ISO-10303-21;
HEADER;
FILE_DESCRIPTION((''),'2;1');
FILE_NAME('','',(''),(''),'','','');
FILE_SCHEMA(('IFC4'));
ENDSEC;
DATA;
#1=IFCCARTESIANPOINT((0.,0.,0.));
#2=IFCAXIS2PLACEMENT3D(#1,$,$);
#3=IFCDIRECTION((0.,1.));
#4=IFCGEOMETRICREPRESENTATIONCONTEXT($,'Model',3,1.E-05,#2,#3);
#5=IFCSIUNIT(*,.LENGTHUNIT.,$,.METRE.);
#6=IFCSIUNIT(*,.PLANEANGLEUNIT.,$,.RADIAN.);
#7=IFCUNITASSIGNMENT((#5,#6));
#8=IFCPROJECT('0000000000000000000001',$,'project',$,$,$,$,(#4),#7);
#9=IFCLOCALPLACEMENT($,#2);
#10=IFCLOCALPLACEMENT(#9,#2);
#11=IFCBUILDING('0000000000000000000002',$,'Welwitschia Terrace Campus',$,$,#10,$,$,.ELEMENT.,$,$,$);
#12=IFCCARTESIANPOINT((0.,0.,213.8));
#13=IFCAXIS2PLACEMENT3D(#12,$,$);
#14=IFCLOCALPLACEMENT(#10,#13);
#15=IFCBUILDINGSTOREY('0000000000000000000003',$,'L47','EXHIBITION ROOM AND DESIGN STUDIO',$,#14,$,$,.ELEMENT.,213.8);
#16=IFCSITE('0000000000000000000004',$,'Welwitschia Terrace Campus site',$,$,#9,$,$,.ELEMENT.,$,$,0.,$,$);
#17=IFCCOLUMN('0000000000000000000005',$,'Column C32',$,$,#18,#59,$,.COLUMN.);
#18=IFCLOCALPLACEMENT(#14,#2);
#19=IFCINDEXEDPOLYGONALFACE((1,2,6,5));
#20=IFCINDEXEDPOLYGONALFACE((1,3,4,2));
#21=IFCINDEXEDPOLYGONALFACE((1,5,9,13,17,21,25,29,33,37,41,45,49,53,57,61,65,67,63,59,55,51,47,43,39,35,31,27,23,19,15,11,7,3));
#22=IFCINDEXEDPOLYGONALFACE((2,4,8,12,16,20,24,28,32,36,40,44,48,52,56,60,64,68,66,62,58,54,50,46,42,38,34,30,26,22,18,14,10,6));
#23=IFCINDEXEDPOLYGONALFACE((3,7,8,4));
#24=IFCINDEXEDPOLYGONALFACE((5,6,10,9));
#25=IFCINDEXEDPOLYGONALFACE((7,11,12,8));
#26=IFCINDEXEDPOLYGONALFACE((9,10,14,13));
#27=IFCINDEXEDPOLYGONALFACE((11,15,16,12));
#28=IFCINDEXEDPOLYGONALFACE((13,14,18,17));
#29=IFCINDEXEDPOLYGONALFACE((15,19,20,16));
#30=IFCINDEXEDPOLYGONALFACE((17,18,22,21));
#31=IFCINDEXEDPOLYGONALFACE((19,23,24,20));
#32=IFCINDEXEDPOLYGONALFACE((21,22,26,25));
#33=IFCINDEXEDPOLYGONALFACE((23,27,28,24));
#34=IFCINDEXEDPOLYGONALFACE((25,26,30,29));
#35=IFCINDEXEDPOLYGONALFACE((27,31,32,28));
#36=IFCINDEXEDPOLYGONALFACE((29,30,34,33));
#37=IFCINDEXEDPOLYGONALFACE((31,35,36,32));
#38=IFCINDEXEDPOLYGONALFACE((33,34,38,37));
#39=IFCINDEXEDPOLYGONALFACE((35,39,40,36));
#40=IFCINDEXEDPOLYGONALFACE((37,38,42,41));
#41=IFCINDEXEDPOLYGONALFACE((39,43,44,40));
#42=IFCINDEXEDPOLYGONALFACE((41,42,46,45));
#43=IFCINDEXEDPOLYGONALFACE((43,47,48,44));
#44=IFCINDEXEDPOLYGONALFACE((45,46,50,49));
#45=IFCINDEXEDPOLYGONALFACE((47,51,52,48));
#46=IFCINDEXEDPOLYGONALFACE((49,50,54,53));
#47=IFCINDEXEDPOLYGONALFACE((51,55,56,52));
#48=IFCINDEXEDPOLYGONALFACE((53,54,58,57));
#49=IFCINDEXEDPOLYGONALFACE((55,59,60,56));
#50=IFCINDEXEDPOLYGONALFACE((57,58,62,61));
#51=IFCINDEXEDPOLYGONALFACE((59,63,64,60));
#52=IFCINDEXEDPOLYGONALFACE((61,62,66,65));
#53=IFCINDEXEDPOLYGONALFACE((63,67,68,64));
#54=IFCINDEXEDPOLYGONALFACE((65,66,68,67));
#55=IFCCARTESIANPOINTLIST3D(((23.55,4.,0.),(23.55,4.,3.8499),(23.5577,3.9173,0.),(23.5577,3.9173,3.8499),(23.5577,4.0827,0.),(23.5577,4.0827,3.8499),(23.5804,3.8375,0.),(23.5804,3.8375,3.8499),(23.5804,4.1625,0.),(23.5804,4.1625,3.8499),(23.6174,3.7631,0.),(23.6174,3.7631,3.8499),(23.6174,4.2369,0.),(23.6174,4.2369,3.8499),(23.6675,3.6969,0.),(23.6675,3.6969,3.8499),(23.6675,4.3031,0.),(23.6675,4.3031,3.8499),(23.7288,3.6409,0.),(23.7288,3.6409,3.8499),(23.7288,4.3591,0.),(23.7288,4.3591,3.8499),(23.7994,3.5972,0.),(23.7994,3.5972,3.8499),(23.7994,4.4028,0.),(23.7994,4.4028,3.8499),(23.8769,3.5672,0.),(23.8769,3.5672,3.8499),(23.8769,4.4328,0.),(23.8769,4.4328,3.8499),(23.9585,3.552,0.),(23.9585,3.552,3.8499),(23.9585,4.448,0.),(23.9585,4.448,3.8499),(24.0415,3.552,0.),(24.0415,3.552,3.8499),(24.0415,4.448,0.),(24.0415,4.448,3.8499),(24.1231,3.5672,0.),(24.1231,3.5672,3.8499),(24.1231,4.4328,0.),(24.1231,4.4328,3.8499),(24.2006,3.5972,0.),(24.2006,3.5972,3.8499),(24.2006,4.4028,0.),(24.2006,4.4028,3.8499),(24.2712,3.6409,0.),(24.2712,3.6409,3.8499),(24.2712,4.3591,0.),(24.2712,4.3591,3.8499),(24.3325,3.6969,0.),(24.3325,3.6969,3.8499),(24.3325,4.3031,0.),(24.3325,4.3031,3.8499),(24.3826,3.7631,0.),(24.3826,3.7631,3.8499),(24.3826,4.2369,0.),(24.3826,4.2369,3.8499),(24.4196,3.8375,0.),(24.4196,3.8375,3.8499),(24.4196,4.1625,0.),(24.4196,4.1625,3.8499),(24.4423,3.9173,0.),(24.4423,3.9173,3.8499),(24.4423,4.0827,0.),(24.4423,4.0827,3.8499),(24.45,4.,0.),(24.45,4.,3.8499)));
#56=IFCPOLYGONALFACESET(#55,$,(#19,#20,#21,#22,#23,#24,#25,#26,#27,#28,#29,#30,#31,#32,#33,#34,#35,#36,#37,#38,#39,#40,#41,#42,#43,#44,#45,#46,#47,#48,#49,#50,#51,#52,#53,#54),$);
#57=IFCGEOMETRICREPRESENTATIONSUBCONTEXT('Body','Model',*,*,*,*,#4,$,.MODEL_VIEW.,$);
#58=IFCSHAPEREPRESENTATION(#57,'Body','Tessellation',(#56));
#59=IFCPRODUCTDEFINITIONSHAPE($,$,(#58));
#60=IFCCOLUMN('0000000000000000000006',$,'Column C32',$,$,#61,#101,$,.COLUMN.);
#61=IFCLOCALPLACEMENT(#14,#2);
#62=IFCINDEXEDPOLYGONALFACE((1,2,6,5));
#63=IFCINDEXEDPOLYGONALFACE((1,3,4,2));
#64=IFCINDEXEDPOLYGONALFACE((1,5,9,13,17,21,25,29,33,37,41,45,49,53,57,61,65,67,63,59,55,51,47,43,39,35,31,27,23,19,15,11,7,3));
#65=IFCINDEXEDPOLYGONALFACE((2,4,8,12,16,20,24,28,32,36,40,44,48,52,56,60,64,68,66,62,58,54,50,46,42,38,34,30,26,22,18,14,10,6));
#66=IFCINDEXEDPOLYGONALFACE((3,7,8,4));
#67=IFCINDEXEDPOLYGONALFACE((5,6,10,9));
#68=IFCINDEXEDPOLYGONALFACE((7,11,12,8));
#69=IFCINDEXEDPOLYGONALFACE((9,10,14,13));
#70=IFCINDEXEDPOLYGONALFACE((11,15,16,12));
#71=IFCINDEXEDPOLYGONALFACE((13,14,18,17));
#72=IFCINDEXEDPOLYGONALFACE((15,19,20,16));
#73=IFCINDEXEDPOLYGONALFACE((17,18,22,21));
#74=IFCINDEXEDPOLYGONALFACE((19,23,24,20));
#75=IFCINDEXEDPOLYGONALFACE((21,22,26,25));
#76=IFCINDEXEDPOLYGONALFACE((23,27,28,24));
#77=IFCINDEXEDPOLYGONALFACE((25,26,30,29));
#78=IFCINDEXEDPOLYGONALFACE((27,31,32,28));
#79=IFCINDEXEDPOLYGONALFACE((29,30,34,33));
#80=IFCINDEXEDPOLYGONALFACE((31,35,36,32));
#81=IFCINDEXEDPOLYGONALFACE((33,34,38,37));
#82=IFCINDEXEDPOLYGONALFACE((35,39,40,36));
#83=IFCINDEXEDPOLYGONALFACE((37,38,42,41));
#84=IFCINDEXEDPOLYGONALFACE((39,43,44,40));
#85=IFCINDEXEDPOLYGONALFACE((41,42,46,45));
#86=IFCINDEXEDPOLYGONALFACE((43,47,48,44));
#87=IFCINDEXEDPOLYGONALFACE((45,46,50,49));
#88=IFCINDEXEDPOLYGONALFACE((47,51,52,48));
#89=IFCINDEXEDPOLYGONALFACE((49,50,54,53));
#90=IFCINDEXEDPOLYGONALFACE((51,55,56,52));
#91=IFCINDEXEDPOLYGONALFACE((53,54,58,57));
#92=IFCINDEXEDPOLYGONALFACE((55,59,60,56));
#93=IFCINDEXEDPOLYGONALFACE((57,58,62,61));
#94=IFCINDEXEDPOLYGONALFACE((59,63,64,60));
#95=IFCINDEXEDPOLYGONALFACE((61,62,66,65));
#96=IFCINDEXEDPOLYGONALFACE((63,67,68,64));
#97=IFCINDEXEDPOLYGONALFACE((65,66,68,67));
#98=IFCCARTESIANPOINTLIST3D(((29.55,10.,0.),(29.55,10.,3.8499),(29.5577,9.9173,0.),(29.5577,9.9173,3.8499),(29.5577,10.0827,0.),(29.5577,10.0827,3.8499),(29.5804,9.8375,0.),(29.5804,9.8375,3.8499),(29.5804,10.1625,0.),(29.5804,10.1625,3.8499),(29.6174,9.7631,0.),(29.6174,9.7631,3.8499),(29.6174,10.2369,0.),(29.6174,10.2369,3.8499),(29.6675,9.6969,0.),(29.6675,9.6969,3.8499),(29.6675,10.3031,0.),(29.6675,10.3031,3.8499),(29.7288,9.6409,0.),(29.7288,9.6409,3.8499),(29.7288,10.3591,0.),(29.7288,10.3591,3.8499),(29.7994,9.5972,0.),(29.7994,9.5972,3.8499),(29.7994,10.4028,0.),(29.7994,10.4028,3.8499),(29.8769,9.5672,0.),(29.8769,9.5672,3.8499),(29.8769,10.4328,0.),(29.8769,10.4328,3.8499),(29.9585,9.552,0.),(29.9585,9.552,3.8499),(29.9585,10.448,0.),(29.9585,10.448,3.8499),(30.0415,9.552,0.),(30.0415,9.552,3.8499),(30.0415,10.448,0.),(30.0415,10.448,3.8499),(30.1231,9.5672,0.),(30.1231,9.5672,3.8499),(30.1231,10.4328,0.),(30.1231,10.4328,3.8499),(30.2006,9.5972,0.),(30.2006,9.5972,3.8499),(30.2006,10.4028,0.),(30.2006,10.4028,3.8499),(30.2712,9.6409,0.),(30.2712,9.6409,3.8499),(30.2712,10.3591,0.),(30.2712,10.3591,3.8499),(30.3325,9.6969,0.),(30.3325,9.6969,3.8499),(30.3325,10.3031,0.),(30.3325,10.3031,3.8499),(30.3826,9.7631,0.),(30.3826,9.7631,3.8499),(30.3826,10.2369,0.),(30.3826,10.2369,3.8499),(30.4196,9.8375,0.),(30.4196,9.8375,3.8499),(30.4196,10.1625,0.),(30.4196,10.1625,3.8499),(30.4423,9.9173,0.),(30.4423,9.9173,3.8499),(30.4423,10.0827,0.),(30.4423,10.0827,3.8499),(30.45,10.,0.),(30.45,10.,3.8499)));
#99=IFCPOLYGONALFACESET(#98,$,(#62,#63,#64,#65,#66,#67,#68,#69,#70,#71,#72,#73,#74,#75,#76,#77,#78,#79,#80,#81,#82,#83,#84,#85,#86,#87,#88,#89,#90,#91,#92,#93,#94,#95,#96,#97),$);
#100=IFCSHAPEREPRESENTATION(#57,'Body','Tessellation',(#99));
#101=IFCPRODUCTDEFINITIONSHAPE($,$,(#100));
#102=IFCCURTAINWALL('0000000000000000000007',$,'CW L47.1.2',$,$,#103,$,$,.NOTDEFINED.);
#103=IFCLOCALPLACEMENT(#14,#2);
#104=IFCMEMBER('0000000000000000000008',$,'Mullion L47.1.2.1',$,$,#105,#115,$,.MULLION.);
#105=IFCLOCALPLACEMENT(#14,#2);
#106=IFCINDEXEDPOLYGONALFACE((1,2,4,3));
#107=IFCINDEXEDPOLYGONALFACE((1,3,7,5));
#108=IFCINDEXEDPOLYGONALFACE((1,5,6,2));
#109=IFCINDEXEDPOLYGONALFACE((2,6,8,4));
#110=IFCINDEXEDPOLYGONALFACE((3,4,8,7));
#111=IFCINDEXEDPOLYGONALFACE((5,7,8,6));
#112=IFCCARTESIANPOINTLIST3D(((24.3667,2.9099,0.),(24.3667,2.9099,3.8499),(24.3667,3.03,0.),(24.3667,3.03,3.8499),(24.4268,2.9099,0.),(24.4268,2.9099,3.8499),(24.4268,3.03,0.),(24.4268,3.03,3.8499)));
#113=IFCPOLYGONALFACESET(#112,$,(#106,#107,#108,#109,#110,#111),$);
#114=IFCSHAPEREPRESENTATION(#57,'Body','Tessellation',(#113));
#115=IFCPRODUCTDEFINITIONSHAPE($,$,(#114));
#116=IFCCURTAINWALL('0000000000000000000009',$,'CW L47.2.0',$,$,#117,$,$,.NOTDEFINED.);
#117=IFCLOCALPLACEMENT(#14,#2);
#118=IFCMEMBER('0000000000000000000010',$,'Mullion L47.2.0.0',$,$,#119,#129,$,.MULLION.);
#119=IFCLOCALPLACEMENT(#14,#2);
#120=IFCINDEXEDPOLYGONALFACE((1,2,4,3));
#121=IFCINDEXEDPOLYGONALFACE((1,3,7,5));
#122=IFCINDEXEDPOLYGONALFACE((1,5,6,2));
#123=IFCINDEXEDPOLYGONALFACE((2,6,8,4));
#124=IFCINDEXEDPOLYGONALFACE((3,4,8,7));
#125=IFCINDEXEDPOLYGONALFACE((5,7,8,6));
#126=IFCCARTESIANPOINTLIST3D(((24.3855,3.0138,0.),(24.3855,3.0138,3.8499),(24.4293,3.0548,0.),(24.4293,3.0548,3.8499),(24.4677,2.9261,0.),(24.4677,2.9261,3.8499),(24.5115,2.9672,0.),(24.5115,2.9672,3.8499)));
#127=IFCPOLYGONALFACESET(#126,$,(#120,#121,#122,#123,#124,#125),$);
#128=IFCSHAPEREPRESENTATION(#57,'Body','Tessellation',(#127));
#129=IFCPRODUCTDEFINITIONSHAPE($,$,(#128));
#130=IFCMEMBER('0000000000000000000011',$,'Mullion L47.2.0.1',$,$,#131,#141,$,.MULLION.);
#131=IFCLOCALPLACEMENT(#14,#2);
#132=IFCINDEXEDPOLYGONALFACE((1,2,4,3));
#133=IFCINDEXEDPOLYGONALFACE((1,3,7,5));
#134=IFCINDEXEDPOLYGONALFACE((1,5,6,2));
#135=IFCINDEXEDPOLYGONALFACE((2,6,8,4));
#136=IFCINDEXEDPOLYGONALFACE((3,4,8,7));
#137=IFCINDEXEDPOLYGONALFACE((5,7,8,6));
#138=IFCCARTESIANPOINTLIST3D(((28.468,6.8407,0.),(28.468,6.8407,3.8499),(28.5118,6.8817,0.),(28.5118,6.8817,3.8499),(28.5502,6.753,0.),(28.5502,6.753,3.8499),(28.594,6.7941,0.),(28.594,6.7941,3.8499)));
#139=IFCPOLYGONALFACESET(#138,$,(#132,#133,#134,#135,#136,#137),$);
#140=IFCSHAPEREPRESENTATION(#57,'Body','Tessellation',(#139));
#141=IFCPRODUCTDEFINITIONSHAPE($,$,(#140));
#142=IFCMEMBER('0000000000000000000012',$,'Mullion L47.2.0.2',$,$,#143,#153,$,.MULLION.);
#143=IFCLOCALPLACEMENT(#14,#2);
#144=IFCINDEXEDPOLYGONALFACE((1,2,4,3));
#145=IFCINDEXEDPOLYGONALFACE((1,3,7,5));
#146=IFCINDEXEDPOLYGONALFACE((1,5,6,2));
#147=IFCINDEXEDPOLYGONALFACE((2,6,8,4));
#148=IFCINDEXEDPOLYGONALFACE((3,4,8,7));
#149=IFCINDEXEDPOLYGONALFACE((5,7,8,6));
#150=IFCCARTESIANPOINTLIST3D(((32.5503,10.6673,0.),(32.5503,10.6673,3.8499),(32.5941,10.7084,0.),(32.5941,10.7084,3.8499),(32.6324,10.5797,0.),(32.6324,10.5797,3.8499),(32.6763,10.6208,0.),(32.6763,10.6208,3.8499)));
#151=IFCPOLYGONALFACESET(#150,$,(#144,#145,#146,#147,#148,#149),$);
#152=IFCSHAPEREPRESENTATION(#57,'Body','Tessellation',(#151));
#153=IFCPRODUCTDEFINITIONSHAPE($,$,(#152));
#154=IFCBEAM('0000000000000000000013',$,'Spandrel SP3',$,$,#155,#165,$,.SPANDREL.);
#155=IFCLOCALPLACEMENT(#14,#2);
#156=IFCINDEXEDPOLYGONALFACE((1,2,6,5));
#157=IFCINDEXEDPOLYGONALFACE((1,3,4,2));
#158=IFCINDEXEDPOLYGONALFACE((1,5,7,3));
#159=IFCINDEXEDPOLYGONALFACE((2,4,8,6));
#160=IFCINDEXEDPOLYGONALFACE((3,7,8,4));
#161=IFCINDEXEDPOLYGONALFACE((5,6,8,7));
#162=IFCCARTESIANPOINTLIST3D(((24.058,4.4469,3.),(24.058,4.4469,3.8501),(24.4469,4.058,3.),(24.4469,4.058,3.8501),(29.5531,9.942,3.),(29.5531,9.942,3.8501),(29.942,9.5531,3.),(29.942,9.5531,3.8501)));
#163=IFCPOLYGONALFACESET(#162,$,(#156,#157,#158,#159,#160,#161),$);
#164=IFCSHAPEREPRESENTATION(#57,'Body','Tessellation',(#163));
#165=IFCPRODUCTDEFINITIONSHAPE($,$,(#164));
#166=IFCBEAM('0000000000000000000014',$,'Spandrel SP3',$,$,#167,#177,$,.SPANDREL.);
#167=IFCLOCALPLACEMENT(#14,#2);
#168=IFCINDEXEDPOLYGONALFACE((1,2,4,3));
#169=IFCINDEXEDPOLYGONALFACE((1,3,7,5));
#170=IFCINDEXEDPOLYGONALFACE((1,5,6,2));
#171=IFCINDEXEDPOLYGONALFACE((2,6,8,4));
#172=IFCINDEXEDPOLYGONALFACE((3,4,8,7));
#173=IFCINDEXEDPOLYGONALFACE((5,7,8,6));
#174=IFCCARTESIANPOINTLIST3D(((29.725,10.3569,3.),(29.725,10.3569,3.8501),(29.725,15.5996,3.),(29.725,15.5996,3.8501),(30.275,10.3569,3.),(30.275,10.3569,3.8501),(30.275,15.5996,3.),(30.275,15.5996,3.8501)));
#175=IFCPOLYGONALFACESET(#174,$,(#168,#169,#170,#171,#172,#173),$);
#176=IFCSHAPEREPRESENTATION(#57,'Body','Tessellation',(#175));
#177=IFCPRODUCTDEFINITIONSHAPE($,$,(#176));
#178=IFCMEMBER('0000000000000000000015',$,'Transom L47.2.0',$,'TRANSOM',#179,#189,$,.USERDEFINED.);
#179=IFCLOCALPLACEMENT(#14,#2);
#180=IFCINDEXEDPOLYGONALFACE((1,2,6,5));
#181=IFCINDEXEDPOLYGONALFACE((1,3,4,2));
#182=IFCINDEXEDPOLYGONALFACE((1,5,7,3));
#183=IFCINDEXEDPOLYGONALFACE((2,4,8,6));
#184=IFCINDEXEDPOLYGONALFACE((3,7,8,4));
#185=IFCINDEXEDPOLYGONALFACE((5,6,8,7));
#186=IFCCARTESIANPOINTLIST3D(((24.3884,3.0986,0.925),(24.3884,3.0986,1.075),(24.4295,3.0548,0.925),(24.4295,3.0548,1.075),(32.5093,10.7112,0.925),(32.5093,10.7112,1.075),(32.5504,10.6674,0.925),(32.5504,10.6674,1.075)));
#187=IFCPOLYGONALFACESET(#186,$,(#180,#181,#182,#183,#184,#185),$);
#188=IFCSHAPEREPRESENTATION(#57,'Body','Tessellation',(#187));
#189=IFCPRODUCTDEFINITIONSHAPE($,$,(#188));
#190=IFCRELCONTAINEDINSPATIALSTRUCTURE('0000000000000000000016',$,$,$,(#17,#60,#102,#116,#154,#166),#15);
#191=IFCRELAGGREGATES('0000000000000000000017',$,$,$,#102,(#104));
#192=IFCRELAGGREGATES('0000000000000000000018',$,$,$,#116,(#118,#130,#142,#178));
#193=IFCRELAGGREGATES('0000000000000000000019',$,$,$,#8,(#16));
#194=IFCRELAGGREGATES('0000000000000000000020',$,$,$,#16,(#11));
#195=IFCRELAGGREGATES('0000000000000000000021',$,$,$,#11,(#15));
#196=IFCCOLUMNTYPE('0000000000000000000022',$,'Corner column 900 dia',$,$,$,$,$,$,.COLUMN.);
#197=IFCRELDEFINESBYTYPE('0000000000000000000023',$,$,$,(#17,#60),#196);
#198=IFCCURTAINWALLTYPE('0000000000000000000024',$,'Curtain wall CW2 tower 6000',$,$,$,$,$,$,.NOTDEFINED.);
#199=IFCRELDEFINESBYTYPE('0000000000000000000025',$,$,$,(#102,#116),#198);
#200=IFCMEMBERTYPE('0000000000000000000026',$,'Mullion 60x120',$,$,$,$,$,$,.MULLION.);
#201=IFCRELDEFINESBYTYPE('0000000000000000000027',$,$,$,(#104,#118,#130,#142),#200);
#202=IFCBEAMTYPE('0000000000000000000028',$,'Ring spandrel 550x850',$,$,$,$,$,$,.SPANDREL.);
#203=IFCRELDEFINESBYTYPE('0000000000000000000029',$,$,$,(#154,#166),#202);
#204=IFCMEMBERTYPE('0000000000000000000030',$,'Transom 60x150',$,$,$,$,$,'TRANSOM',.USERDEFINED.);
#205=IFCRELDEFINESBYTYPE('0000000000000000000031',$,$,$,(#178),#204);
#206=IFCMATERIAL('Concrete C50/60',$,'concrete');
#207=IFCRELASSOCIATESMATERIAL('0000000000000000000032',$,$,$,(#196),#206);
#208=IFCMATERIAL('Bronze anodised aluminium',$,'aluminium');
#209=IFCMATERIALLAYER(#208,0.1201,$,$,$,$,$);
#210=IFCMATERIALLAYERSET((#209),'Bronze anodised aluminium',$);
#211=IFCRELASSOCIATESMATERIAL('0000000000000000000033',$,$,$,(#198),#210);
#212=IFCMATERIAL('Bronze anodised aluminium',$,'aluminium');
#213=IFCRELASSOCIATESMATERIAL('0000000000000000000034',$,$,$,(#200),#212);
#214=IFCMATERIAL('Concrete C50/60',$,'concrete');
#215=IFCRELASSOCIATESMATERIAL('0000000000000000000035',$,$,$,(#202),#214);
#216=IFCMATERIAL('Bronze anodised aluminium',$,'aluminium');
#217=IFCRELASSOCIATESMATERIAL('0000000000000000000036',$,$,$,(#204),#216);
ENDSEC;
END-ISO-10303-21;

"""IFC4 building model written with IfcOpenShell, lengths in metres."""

from ifc_helpers import new_model, si_unit, direction, frame, origin, origin_2d, place, context, subcontext, project, spatial, rectangle, circle, extrude, material, layer, layer_set, material_profile, profile_set, type_object, element, aggregate, save


model = new_model("IFC4")

# Units and contexts
model_context = context("Model", 3, precision=1e-05, world=origin(), true_north=direction((0.0, 1.0)))
body_context = subcontext(model_context, "Body", "Model", "MODEL_VIEW")
ifc_project = project(units=[si_unit("LENGTHUNIT", "METRE"), si_unit("PLANEANGLEUNIT", "RADIAN")], contexts=[model_context])

# Site, building, storey
site_placement = place(None, origin())
site = spatial("IfcSite", under=ifc_project, at=site_placement, Name="Welwitschia Terrace Campus site", CompositionType="ELEMENT", RefElevation=0.0)
building_placement = place(site_placement, origin())
building = spatial("IfcBuilding", under=site, at=building_placement, Name="Welwitschia Terrace Campus", CompositionType="ELEMENT")
storey_placement = place(building_placement, frame((0.0, 0.0, 213.8)))
storey = spatial("IfcBuildingStorey", under=building, at=storey_placement, Name="L47", Description="EXHIBITION ROOM AND DESIGN STUDIO", CompositionType="ELEMENT", Elevation=213.8)

# Columns
ifc_material_1 = material(Name="Concrete C50/60", Category="concrete")
ifc_material_profile_1 = material_profile(ifc_material_1, circle(Radius=0.45, at=origin_2d()))
ifc_profile_set_1 = profile_set([ifc_material_profile_1], Name="Concrete C50/60")
column_type = type_object("IfcColumnType", Name="Corner column 900 dia", PredefinedType="COLUMN", material=ifc_profile_set_1)
for number, where, z_axis, x_axis, name in (
    (1, (24.0, 4.0, 0.0), (0.0, 0.0, 1.0), (1.0, 0.0, 0.0), "Column C32"),
    (2, (30.0, 10.0, 0.0), (0.0, 0.0, 1.0), (1.0, 0.0, 0.0), "Column C32"),
):
    element("IfcColumn", number, at=place(storey_placement, frame(where, z_axis=z_axis, x_axis=x_axis)), inside=storey, type_object=column_type, Name=name, PredefinedType="COLUMN", context=body_context, shape_type="SweptSolid", body=[
        extrude(circle(Radius=0.45, at=origin_2d()), origin(), (0.0, 0.0, 1.0), 3.8499),
    ])

# Curtain wall, member
ifc_material_2 = material(Name="Bronze anodised aluminium", Category="aluminium")
ifc_layer_1 = layer(ifc_material_2, 0.1201)
ifc_layer_set_1 = layer_set([ifc_layer_1], Name="Bronze anodised aluminium")
curtain_wall_type = type_object("IfcCurtainWallType", Name="Curtain wall CW2 tower 6000", PredefinedType="NOTDEFINED", material=ifc_layer_set_1)
curtain_wall_1_placement = place(storey_placement, origin())
curtain_wall_1 = element("IfcCurtainWall", 3, at=curtain_wall_1_placement, inside=storey, type_object=curtain_wall_type, Name="CW L47.1.2", PredefinedType="NOTDEFINED")
ifc_material_3 = material(Name="Bronze anodised aluminium", Category="aluminium")
ifc_material_profile_2 = material_profile(ifc_material_3, rectangle(XDim=0.1201, YDim=0.0601, at=origin_2d()))
ifc_profile_set_2 = profile_set([ifc_material_profile_2], Name="Bronze anodised aluminium")
member_type_1 = type_object("IfcMemberType", Name="Mullion 60x120", PredefinedType="MULLION", material=ifc_profile_set_2)
member_1_placement = place(storey_placement, frame((24.3967, 2.97, 0.0), z_axis=(0.0, 0.0, 1.0), x_axis=(0.0, 1.0, 0.0)))
member_1 = element("IfcMember", 4, at=member_1_placement, type_object=member_type_1, Name="Mullion L47.1.2.1", PredefinedType="MULLION", context=body_context, shape_type="SweptSolid", body=[
    extrude(rectangle(XDim=0.1201, YDim=0.0601, at=origin_2d()), origin(), (0.0, 0.0, 1.0), 3.8499),
])
aggregate(curtain_wall_1, [member_1])

# Curtain wall, members
curtain_wall_2_placement = place(storey_placement, origin())
curtain_wall_2 = element("IfcCurtainWall", 5, at=curtain_wall_2_placement, inside=storey, type_object=curtain_wall_type, Name="CW L47.2.0", PredefinedType="NOTDEFINED")
member_2_placement = place(storey_placement, frame((24.4485, 2.9905, 0.0), z_axis=(0.0, 0.0, 1.0), x_axis=(-0.683902, 0.729574, 0.0)))
member_2 = element("IfcMember", 6, at=member_2_placement, type_object=member_type_1, Name="Mullion L47.2.0.0", PredefinedType="MULLION", context=body_context, shape_type="SweptSolid", body=[
    extrude(rectangle(XDim=0.1201, YDim=0.0601, at=origin_2d()), origin(), (0.0, 0.0, 1.0), 3.8499),
])
member_3_placement = place(storey_placement, frame((28.531, 6.8174, 0.0), z_axis=(0.0, 0.0, 1.0), x_axis=(-0.683902, 0.729574, 0.0)))
member_3 = element("IfcMember", 7, at=member_3_placement, type_object=member_type_1, Name="Mullion L47.2.0.1", PredefinedType="MULLION", context=body_context, shape_type="SweptSolid", body=[
    extrude(rectangle(XDim=0.1201, YDim=0.0601, at=origin_2d()), origin(), (0.0, 0.0, 1.0), 3.8499),
])
member_4_placement = place(storey_placement, frame((32.6133, 10.644, 0.0), z_axis=(0.0, 0.0, 1.0), x_axis=(-0.683902, 0.729574, 0.0)))
member_4 = element("IfcMember", 8, at=member_4_placement, type_object=member_type_1, Name="Mullion L47.2.0.2", PredefinedType="MULLION", context=body_context, shape_type="SweptSolid", body=[
    extrude(rectangle(XDim=0.1201, YDim=0.0601, at=origin_2d()), origin(), (0.0, 0.0, 1.0), 3.8499),
])

# Beams
ifc_material_4 = material(Name="Concrete C50/60", Category="concrete")
ifc_material_profile_3 = material_profile(ifc_material_4, rectangle(XDim=0.55, YDim=0.8501, at=origin_2d()))
ifc_profile_set_3 = profile_set([ifc_material_profile_3], Name="Concrete C50/60")
beam_type = type_object("IfcBeamType", Name="Ring spandrel 550x850", PredefinedType="SPANDREL", material=ifc_profile_set_3)
beam_1_placement = place(storey_placement, frame((24.2524, 4.2524, 3.425), z_axis=(0.707107, 0.707107, 0.0), x_axis=(-0.707107, 0.707107, 0.0)))
element("IfcBeam", 9, at=beam_1_placement, inside=storey, type_object=beam_type, Name="Spandrel SP3", PredefinedType="SPANDREL", context=body_context, shape_type="SweptSolid", body=[
    extrude(rectangle(XDim=0.55, YDim=0.8501, at=origin_2d()), origin(), (0.0, 0.0, 1.0), 7.7712),
])
beam_2_placement = place(storey_placement, frame((30.0, 10.3569, 3.425), z_axis=(0.0, 1.0, 0.0), x_axis=(-1.0, 0.0, 0.0)))
element("IfcBeam", 10, at=beam_2_placement, inside=storey, type_object=beam_type, Name="Spandrel SP3", PredefinedType="SPANDREL", context=body_context, shape_type="SweptSolid", body=[
    extrude(rectangle(XDim=0.55, YDim=0.8501, at=origin_2d()), origin(), (0.0, 0.0, 1.0), 5.2427),
])

# Member
ifc_material_5 = material(Name="Bronze anodised aluminium", Category="aluminium")
ifc_material_profile_4 = material_profile(ifc_material_5, rectangle(XDim=0.0601, YDim=0.1499, at=origin_2d()))
ifc_profile_set_4 = profile_set([ifc_material_profile_4], Name="Bronze anodised aluminium")
member_type_2 = type_object("IfcMemberType", Name="Transom 60x150", ElementType="TRANSOM", PredefinedType="USERDEFINED", material=ifc_profile_set_4)
member_5_placement = place(storey_placement, frame((24.4089, 3.0767, 1.0), z_axis=(0.729571, 0.683905, 0.0), x_axis=(-0.683905, 0.729571, 0.0)))
member_5 = element("IfcMember", 11, at=member_5_placement, type_object=member_type_2, Name="Transom L47.2.0", ObjectType="TRANSOM", PredefinedType="USERDEFINED", context=body_context, shape_type="SweptSolid", body=[
    extrude(rectangle(XDim=0.0601, YDim=0.1499, at=origin_2d()), origin(), (0.0, 0.0, 1.0), 11.1311),
])

aggregate(curtain_wall_2, [member_2, member_3, member_4, member_5])

save(model, "model.ifc")
